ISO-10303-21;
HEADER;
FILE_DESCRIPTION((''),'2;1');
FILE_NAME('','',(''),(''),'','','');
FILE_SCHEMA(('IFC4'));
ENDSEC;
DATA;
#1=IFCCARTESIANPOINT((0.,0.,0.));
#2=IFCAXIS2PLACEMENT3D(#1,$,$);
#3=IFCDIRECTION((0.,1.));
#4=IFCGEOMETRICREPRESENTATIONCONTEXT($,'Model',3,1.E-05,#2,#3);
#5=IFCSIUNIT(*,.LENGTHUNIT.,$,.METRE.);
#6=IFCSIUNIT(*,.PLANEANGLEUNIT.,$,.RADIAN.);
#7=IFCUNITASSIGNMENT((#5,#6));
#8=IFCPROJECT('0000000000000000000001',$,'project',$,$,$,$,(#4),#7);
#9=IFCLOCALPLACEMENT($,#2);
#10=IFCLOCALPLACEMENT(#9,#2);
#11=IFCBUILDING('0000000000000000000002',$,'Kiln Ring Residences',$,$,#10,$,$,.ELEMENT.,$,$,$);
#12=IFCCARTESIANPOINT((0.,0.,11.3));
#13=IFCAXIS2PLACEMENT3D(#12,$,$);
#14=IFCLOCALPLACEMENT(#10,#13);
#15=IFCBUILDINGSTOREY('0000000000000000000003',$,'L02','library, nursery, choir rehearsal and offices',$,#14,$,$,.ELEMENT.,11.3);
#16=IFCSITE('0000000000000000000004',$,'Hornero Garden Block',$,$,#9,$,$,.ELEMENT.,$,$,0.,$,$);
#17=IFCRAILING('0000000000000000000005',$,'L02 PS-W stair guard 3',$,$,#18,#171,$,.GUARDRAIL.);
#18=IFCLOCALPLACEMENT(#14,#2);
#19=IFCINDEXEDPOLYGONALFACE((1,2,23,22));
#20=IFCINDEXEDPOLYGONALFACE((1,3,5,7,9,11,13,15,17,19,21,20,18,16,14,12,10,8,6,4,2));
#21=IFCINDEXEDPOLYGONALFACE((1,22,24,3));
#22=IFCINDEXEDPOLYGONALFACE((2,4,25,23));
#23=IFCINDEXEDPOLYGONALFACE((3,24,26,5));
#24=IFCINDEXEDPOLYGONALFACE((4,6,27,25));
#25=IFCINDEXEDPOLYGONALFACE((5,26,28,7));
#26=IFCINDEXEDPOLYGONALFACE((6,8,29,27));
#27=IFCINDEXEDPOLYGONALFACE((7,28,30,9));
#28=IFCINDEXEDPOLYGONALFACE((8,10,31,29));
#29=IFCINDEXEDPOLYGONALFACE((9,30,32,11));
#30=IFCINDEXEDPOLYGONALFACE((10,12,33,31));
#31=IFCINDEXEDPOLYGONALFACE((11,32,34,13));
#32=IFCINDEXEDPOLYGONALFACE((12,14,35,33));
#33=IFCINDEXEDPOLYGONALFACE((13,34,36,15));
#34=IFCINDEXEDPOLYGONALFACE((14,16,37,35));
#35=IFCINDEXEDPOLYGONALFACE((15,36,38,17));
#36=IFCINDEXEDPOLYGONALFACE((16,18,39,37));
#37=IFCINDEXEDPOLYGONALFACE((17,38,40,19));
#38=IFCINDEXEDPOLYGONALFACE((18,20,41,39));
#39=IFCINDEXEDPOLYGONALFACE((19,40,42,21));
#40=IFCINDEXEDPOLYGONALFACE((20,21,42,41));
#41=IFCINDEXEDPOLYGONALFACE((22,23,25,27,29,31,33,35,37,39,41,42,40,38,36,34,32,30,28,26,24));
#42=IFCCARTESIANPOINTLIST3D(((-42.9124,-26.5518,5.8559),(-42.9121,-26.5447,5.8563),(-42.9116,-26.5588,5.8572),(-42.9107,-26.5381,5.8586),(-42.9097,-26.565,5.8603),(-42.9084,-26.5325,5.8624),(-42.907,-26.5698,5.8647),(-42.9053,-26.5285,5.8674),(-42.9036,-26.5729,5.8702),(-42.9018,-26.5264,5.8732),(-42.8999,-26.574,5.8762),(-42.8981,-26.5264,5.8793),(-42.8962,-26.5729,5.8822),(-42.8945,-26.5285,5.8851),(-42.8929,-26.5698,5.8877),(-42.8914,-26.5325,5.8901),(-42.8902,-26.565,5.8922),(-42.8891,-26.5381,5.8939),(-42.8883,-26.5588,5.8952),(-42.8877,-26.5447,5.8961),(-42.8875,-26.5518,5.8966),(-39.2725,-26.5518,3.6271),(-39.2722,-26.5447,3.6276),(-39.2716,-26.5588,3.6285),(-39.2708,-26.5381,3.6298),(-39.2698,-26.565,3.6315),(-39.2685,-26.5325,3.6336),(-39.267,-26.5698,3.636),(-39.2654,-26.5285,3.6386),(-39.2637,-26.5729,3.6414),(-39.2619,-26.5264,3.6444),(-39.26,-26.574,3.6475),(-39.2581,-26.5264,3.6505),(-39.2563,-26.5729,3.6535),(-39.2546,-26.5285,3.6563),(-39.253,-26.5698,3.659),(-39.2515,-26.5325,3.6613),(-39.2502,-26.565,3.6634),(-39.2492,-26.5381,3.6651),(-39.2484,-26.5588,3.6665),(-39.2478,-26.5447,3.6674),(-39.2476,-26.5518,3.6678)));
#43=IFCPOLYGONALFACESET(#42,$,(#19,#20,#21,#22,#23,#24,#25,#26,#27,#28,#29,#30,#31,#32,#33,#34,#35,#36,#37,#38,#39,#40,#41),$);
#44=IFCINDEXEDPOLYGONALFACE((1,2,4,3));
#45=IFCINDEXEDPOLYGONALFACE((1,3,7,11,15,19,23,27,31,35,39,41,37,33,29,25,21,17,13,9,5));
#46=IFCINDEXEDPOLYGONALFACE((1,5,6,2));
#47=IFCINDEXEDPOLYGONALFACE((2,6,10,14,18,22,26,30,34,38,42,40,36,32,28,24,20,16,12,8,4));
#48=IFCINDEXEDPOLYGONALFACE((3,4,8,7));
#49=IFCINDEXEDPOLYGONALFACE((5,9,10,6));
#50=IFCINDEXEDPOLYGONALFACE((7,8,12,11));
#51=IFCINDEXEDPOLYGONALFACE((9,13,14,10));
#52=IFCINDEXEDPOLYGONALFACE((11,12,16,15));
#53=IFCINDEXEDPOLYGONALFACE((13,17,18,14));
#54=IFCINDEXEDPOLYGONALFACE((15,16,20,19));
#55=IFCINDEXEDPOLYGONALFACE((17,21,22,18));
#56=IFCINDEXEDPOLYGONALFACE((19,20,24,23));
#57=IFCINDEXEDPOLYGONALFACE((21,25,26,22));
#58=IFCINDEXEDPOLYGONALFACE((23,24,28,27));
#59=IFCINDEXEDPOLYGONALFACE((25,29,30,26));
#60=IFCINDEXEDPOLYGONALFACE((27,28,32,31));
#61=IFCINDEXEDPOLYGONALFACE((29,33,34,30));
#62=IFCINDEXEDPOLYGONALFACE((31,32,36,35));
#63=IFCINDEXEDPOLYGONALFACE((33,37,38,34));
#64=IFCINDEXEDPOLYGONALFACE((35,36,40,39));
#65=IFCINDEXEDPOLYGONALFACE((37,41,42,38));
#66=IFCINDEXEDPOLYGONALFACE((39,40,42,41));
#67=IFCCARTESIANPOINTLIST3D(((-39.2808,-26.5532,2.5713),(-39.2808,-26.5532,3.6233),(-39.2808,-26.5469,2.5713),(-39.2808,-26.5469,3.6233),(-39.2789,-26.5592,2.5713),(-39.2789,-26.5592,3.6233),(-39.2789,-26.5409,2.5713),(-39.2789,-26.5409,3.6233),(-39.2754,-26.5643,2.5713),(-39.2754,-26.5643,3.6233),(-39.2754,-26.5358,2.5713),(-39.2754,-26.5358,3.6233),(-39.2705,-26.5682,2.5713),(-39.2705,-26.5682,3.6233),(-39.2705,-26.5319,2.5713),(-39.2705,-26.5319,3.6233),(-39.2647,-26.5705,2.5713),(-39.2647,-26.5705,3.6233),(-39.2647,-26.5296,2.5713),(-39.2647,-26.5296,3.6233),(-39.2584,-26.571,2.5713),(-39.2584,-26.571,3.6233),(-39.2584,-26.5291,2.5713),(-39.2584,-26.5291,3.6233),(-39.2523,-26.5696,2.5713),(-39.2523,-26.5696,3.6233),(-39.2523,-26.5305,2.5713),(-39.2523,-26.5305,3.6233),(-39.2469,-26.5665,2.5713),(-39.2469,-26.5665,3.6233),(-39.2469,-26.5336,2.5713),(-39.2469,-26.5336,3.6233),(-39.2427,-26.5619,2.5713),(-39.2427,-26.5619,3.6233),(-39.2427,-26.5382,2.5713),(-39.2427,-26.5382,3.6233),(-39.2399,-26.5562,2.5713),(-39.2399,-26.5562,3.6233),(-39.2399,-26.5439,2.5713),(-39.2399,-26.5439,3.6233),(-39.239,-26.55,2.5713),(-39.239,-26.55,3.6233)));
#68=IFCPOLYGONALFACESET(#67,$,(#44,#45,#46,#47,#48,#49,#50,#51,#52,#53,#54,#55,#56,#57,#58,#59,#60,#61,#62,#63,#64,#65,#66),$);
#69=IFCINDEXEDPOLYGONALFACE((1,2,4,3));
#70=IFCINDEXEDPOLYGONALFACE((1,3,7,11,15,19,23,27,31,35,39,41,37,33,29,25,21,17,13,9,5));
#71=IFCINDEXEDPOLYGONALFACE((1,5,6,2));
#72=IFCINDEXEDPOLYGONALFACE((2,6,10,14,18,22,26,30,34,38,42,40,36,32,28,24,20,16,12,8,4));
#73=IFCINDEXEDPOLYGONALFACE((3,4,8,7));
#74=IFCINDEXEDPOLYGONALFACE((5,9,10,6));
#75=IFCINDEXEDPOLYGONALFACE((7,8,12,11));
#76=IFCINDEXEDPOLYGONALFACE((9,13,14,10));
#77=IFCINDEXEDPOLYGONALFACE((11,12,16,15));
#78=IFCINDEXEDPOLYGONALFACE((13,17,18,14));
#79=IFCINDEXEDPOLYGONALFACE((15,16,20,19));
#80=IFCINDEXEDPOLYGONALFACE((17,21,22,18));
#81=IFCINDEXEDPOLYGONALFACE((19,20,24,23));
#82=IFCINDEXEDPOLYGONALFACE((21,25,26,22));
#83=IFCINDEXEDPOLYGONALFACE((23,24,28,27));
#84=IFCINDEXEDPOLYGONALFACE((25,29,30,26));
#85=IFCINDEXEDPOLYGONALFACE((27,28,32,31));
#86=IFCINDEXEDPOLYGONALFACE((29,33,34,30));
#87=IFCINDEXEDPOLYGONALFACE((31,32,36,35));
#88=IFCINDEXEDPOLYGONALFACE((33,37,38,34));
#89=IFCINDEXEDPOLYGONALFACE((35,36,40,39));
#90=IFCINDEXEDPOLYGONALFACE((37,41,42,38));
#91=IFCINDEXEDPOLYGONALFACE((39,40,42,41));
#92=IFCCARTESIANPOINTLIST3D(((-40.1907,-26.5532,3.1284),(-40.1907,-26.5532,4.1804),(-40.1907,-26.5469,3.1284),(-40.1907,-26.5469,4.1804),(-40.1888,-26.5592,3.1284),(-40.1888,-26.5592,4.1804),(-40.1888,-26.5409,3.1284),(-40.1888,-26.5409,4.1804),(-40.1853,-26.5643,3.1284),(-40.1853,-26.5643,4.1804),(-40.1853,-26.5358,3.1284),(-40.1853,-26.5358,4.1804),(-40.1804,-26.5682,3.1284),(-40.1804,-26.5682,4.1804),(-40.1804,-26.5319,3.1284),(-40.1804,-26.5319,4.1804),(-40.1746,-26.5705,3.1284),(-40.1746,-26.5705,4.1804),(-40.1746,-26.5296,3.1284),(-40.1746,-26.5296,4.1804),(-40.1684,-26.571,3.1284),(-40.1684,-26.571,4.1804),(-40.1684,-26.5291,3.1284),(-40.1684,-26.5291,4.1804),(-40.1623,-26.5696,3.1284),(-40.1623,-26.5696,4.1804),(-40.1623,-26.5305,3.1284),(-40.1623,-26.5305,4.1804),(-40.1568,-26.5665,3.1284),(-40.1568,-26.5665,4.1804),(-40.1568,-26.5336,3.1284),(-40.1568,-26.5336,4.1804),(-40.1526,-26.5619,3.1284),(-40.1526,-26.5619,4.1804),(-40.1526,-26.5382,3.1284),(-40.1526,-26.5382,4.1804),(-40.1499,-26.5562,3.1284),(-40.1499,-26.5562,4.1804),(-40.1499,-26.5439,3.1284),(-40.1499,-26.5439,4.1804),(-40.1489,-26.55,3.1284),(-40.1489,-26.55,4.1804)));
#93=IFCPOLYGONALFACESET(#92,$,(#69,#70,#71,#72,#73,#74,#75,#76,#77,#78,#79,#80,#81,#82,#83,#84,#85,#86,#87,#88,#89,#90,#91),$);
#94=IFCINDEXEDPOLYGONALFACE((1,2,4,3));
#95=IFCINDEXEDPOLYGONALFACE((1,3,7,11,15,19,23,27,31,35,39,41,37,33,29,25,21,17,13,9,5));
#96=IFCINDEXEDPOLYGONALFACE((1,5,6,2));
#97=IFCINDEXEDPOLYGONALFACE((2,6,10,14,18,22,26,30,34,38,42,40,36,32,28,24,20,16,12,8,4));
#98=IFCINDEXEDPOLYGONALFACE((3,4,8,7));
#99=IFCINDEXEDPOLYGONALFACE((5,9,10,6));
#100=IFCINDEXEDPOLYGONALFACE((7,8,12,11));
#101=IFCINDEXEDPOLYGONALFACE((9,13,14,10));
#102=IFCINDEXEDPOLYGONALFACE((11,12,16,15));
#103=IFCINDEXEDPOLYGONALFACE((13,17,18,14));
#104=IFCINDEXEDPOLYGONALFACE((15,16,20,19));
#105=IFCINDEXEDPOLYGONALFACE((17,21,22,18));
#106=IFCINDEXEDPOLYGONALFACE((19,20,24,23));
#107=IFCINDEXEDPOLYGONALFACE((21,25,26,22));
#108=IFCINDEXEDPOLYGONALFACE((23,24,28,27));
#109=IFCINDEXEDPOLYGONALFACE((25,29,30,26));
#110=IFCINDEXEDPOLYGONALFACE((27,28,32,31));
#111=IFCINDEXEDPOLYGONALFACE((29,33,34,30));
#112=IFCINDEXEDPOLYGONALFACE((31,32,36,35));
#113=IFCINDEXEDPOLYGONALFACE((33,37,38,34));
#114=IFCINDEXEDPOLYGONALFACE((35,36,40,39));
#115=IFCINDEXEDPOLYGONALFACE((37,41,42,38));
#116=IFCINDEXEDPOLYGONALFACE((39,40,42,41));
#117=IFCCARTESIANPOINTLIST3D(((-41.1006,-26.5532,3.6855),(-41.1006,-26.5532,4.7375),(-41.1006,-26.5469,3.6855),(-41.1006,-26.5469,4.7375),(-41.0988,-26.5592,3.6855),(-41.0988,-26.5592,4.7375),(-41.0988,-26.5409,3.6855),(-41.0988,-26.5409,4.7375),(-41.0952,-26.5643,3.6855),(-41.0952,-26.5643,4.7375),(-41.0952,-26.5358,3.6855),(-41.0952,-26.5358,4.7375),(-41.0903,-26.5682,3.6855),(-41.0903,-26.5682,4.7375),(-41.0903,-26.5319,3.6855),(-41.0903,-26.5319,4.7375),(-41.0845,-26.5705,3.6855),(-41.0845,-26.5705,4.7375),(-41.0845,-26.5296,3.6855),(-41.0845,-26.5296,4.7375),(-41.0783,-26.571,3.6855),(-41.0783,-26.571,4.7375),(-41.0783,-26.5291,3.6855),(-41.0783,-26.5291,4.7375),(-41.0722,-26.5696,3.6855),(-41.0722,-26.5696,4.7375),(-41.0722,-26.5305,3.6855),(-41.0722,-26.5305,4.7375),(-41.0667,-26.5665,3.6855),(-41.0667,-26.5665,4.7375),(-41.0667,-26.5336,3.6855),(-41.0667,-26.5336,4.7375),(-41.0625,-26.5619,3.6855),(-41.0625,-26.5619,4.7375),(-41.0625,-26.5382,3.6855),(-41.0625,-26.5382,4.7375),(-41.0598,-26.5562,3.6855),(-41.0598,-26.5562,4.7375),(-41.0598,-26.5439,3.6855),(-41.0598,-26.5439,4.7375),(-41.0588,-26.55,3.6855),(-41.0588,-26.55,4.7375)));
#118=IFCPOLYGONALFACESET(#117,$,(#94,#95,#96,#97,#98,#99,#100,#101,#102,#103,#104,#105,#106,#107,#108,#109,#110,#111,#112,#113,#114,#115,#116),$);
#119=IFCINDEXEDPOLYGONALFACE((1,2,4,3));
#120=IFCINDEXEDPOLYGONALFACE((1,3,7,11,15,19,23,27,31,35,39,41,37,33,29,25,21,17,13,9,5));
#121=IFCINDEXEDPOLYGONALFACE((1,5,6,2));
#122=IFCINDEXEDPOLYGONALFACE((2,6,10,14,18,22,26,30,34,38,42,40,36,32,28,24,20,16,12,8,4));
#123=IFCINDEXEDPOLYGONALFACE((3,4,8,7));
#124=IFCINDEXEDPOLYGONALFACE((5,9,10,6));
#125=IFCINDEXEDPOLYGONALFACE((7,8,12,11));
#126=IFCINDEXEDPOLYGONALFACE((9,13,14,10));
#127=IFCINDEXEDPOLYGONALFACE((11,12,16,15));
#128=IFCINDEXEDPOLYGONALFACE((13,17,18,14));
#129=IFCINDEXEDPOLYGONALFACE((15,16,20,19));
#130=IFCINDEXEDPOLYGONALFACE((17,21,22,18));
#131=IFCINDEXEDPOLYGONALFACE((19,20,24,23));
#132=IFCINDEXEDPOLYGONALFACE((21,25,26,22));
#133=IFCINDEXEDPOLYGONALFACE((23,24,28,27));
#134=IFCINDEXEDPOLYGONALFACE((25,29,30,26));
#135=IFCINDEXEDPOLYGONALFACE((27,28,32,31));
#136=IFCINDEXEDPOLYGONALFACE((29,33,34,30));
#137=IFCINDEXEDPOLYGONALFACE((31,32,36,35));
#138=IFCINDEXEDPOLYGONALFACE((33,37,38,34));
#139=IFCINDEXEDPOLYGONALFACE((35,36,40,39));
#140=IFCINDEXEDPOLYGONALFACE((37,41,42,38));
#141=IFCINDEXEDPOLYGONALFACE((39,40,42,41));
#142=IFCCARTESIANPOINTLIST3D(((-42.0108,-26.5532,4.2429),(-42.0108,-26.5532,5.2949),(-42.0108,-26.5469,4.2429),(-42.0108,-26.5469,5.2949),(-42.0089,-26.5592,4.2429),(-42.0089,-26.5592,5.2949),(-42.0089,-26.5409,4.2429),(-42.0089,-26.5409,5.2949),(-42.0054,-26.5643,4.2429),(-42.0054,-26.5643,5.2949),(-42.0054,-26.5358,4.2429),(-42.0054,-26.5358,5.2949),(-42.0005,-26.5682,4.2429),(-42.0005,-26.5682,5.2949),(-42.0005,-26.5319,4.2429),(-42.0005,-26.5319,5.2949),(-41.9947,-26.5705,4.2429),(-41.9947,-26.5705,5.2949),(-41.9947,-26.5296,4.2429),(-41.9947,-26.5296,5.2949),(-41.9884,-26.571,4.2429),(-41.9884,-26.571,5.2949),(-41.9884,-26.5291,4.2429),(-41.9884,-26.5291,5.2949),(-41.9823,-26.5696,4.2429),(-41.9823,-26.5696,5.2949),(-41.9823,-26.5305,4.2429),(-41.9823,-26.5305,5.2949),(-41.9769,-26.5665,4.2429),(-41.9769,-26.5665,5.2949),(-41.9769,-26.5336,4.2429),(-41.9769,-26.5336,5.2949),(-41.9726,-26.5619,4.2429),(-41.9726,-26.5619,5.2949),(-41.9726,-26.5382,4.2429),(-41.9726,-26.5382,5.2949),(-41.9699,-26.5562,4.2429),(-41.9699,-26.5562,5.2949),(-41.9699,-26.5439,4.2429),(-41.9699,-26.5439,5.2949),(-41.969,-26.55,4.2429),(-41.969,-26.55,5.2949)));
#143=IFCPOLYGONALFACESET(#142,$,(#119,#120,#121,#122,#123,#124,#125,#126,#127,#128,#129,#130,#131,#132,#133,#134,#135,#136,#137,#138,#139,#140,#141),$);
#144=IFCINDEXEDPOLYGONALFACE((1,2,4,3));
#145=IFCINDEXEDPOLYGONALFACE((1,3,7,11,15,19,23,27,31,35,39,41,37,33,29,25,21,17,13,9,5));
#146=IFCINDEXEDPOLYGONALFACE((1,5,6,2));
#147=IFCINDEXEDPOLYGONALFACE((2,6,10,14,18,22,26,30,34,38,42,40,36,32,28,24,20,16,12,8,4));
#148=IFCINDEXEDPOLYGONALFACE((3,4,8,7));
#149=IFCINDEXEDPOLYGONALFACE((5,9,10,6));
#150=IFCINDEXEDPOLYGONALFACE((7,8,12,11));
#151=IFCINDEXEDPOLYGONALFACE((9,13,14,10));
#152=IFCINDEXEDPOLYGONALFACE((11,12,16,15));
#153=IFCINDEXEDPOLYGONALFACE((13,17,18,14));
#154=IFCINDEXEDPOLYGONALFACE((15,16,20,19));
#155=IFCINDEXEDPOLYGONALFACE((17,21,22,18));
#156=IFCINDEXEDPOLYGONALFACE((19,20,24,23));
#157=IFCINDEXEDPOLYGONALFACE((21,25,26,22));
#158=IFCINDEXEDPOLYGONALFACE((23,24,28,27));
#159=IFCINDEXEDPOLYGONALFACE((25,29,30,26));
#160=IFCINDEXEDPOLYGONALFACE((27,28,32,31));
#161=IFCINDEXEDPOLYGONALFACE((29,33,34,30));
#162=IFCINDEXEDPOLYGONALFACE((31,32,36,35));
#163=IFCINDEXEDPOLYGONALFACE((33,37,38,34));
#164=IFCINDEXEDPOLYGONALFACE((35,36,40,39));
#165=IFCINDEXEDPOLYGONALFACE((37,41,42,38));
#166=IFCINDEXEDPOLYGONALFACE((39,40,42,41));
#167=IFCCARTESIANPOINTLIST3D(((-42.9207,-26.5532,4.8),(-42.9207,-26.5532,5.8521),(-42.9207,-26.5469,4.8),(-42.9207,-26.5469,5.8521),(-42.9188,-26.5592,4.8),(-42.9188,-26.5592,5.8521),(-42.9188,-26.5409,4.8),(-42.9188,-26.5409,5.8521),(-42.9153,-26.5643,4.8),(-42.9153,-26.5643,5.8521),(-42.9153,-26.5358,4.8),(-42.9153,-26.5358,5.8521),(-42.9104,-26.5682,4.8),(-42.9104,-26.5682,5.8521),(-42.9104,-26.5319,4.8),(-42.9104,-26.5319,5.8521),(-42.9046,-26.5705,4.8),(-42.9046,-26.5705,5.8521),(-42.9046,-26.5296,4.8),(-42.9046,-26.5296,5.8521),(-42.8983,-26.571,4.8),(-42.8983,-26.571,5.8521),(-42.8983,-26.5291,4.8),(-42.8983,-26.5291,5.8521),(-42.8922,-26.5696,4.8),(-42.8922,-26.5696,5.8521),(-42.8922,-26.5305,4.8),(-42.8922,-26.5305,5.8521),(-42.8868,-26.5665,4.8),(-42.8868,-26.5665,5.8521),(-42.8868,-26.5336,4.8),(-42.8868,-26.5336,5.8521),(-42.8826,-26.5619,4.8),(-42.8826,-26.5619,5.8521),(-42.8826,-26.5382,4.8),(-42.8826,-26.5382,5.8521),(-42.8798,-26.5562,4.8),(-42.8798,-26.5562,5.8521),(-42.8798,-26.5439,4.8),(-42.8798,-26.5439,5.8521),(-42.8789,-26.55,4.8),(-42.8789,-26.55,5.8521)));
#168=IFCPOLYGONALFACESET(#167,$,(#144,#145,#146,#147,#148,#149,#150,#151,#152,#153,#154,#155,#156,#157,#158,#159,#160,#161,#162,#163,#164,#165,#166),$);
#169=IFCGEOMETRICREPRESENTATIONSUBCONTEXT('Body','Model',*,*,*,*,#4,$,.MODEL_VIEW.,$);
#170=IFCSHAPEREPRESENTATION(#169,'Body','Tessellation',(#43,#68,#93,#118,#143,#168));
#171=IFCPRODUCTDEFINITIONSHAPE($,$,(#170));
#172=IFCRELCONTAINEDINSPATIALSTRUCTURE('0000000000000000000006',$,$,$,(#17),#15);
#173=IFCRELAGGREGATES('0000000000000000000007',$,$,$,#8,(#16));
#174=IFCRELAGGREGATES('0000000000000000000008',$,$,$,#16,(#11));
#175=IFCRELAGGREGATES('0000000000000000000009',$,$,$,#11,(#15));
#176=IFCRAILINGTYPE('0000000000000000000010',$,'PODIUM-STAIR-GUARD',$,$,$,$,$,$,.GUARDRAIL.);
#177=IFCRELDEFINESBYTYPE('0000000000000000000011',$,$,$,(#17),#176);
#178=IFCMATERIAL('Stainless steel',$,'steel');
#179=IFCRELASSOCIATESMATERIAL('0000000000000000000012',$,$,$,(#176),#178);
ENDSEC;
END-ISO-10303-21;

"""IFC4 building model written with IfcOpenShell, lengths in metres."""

from ifc_helpers import new_model, si_unit, direction, frame, origin, origin_2d, place, context, subcontext, project, spatial, circle, extrude, material, type_object, element, save


model = new_model("IFC4")

# Units and contexts
model_context = context("Model", 3, precision=1e-05, world=origin(), true_north=direction((0.0, 1.0)))
body_context = subcontext(model_context, "Body", "Model", "MODEL_VIEW")
ifc_project = project(units=[si_unit("LENGTHUNIT", "METRE"), si_unit("PLANEANGLEUNIT", "RADIAN")], contexts=[model_context])

# Site, building, storey
site_placement = place(None, origin())
site = spatial("IfcSite", under=ifc_project, at=site_placement, Name="Hornero Garden Block", CompositionType="ELEMENT", RefElevation=0.0)
building_placement = place(site_placement, origin())
building = spatial("IfcBuilding", under=site, at=building_placement, Name="Kiln Ring Residences", CompositionType="ELEMENT")
storey_placement = place(building_placement, frame((0.0, 0.0, 11.3)))
storey = spatial("IfcBuildingStorey", under=building, at=storey_placement, Name="L02", Description="library, nursery, choir rehearsal and offices", CompositionType="ELEMENT", Elevation=11.3)

# Railing
ifc_material_1 = material(Name="Stainless steel", Category="steel")
railing_type_1 = type_object("IfcRailingType", Name="PODIUM-STAIR-GUARD", PredefinedType="GUARDRAIL", material=ifc_material_1)
railing_1_placement = place(storey_placement, frame((-39.26, -26.55, 2.5713)))
element("IfcRailing", 1, at=railing_1_placement, inside=storey, type_object=railing_type_1, Name="L02 PS-W stair guard 3", PredefinedType="GUARDRAIL", context=body_context, shape_type="SweptSolid", body=[
    extrude(circle(Radius=0.0239, at=origin_2d()), frame((0.0, 0.0, 1.0762), z_axis=(-0.852825, 0.0, 0.522197), x_axis=(0.0, -1.0, 0.0)), (0.0, 0.0, 1.0), 4.2681),
    extrude(circle(Radius=0.021, at=origin_2d()), origin(), (0.0, 0.0, 1.0), 1.052),
    extrude(circle(Radius=0.021, at=origin_2d()), frame((-0.9099, 0.0, 0.5571)), (0.0, 0.0, 1.0), 1.052),
    extrude(circle(Radius=0.021, at=origin_2d()), frame((-1.8198, 0.0, 1.1143)), (0.0, 0.0, 1.0), 1.052),
    extrude(circle(Radius=0.021, at=origin_2d()), frame((-2.73, 0.0, 1.6716)), (0.0, 0.0, 1.0), 1.052),
    extrude(circle(Radius=0.021, at=origin_2d()), frame((-3.6399, 0.0, 2.2288)), (0.0, 0.0, 1.0), 1.052),
])

save(model, "model.ifc")
